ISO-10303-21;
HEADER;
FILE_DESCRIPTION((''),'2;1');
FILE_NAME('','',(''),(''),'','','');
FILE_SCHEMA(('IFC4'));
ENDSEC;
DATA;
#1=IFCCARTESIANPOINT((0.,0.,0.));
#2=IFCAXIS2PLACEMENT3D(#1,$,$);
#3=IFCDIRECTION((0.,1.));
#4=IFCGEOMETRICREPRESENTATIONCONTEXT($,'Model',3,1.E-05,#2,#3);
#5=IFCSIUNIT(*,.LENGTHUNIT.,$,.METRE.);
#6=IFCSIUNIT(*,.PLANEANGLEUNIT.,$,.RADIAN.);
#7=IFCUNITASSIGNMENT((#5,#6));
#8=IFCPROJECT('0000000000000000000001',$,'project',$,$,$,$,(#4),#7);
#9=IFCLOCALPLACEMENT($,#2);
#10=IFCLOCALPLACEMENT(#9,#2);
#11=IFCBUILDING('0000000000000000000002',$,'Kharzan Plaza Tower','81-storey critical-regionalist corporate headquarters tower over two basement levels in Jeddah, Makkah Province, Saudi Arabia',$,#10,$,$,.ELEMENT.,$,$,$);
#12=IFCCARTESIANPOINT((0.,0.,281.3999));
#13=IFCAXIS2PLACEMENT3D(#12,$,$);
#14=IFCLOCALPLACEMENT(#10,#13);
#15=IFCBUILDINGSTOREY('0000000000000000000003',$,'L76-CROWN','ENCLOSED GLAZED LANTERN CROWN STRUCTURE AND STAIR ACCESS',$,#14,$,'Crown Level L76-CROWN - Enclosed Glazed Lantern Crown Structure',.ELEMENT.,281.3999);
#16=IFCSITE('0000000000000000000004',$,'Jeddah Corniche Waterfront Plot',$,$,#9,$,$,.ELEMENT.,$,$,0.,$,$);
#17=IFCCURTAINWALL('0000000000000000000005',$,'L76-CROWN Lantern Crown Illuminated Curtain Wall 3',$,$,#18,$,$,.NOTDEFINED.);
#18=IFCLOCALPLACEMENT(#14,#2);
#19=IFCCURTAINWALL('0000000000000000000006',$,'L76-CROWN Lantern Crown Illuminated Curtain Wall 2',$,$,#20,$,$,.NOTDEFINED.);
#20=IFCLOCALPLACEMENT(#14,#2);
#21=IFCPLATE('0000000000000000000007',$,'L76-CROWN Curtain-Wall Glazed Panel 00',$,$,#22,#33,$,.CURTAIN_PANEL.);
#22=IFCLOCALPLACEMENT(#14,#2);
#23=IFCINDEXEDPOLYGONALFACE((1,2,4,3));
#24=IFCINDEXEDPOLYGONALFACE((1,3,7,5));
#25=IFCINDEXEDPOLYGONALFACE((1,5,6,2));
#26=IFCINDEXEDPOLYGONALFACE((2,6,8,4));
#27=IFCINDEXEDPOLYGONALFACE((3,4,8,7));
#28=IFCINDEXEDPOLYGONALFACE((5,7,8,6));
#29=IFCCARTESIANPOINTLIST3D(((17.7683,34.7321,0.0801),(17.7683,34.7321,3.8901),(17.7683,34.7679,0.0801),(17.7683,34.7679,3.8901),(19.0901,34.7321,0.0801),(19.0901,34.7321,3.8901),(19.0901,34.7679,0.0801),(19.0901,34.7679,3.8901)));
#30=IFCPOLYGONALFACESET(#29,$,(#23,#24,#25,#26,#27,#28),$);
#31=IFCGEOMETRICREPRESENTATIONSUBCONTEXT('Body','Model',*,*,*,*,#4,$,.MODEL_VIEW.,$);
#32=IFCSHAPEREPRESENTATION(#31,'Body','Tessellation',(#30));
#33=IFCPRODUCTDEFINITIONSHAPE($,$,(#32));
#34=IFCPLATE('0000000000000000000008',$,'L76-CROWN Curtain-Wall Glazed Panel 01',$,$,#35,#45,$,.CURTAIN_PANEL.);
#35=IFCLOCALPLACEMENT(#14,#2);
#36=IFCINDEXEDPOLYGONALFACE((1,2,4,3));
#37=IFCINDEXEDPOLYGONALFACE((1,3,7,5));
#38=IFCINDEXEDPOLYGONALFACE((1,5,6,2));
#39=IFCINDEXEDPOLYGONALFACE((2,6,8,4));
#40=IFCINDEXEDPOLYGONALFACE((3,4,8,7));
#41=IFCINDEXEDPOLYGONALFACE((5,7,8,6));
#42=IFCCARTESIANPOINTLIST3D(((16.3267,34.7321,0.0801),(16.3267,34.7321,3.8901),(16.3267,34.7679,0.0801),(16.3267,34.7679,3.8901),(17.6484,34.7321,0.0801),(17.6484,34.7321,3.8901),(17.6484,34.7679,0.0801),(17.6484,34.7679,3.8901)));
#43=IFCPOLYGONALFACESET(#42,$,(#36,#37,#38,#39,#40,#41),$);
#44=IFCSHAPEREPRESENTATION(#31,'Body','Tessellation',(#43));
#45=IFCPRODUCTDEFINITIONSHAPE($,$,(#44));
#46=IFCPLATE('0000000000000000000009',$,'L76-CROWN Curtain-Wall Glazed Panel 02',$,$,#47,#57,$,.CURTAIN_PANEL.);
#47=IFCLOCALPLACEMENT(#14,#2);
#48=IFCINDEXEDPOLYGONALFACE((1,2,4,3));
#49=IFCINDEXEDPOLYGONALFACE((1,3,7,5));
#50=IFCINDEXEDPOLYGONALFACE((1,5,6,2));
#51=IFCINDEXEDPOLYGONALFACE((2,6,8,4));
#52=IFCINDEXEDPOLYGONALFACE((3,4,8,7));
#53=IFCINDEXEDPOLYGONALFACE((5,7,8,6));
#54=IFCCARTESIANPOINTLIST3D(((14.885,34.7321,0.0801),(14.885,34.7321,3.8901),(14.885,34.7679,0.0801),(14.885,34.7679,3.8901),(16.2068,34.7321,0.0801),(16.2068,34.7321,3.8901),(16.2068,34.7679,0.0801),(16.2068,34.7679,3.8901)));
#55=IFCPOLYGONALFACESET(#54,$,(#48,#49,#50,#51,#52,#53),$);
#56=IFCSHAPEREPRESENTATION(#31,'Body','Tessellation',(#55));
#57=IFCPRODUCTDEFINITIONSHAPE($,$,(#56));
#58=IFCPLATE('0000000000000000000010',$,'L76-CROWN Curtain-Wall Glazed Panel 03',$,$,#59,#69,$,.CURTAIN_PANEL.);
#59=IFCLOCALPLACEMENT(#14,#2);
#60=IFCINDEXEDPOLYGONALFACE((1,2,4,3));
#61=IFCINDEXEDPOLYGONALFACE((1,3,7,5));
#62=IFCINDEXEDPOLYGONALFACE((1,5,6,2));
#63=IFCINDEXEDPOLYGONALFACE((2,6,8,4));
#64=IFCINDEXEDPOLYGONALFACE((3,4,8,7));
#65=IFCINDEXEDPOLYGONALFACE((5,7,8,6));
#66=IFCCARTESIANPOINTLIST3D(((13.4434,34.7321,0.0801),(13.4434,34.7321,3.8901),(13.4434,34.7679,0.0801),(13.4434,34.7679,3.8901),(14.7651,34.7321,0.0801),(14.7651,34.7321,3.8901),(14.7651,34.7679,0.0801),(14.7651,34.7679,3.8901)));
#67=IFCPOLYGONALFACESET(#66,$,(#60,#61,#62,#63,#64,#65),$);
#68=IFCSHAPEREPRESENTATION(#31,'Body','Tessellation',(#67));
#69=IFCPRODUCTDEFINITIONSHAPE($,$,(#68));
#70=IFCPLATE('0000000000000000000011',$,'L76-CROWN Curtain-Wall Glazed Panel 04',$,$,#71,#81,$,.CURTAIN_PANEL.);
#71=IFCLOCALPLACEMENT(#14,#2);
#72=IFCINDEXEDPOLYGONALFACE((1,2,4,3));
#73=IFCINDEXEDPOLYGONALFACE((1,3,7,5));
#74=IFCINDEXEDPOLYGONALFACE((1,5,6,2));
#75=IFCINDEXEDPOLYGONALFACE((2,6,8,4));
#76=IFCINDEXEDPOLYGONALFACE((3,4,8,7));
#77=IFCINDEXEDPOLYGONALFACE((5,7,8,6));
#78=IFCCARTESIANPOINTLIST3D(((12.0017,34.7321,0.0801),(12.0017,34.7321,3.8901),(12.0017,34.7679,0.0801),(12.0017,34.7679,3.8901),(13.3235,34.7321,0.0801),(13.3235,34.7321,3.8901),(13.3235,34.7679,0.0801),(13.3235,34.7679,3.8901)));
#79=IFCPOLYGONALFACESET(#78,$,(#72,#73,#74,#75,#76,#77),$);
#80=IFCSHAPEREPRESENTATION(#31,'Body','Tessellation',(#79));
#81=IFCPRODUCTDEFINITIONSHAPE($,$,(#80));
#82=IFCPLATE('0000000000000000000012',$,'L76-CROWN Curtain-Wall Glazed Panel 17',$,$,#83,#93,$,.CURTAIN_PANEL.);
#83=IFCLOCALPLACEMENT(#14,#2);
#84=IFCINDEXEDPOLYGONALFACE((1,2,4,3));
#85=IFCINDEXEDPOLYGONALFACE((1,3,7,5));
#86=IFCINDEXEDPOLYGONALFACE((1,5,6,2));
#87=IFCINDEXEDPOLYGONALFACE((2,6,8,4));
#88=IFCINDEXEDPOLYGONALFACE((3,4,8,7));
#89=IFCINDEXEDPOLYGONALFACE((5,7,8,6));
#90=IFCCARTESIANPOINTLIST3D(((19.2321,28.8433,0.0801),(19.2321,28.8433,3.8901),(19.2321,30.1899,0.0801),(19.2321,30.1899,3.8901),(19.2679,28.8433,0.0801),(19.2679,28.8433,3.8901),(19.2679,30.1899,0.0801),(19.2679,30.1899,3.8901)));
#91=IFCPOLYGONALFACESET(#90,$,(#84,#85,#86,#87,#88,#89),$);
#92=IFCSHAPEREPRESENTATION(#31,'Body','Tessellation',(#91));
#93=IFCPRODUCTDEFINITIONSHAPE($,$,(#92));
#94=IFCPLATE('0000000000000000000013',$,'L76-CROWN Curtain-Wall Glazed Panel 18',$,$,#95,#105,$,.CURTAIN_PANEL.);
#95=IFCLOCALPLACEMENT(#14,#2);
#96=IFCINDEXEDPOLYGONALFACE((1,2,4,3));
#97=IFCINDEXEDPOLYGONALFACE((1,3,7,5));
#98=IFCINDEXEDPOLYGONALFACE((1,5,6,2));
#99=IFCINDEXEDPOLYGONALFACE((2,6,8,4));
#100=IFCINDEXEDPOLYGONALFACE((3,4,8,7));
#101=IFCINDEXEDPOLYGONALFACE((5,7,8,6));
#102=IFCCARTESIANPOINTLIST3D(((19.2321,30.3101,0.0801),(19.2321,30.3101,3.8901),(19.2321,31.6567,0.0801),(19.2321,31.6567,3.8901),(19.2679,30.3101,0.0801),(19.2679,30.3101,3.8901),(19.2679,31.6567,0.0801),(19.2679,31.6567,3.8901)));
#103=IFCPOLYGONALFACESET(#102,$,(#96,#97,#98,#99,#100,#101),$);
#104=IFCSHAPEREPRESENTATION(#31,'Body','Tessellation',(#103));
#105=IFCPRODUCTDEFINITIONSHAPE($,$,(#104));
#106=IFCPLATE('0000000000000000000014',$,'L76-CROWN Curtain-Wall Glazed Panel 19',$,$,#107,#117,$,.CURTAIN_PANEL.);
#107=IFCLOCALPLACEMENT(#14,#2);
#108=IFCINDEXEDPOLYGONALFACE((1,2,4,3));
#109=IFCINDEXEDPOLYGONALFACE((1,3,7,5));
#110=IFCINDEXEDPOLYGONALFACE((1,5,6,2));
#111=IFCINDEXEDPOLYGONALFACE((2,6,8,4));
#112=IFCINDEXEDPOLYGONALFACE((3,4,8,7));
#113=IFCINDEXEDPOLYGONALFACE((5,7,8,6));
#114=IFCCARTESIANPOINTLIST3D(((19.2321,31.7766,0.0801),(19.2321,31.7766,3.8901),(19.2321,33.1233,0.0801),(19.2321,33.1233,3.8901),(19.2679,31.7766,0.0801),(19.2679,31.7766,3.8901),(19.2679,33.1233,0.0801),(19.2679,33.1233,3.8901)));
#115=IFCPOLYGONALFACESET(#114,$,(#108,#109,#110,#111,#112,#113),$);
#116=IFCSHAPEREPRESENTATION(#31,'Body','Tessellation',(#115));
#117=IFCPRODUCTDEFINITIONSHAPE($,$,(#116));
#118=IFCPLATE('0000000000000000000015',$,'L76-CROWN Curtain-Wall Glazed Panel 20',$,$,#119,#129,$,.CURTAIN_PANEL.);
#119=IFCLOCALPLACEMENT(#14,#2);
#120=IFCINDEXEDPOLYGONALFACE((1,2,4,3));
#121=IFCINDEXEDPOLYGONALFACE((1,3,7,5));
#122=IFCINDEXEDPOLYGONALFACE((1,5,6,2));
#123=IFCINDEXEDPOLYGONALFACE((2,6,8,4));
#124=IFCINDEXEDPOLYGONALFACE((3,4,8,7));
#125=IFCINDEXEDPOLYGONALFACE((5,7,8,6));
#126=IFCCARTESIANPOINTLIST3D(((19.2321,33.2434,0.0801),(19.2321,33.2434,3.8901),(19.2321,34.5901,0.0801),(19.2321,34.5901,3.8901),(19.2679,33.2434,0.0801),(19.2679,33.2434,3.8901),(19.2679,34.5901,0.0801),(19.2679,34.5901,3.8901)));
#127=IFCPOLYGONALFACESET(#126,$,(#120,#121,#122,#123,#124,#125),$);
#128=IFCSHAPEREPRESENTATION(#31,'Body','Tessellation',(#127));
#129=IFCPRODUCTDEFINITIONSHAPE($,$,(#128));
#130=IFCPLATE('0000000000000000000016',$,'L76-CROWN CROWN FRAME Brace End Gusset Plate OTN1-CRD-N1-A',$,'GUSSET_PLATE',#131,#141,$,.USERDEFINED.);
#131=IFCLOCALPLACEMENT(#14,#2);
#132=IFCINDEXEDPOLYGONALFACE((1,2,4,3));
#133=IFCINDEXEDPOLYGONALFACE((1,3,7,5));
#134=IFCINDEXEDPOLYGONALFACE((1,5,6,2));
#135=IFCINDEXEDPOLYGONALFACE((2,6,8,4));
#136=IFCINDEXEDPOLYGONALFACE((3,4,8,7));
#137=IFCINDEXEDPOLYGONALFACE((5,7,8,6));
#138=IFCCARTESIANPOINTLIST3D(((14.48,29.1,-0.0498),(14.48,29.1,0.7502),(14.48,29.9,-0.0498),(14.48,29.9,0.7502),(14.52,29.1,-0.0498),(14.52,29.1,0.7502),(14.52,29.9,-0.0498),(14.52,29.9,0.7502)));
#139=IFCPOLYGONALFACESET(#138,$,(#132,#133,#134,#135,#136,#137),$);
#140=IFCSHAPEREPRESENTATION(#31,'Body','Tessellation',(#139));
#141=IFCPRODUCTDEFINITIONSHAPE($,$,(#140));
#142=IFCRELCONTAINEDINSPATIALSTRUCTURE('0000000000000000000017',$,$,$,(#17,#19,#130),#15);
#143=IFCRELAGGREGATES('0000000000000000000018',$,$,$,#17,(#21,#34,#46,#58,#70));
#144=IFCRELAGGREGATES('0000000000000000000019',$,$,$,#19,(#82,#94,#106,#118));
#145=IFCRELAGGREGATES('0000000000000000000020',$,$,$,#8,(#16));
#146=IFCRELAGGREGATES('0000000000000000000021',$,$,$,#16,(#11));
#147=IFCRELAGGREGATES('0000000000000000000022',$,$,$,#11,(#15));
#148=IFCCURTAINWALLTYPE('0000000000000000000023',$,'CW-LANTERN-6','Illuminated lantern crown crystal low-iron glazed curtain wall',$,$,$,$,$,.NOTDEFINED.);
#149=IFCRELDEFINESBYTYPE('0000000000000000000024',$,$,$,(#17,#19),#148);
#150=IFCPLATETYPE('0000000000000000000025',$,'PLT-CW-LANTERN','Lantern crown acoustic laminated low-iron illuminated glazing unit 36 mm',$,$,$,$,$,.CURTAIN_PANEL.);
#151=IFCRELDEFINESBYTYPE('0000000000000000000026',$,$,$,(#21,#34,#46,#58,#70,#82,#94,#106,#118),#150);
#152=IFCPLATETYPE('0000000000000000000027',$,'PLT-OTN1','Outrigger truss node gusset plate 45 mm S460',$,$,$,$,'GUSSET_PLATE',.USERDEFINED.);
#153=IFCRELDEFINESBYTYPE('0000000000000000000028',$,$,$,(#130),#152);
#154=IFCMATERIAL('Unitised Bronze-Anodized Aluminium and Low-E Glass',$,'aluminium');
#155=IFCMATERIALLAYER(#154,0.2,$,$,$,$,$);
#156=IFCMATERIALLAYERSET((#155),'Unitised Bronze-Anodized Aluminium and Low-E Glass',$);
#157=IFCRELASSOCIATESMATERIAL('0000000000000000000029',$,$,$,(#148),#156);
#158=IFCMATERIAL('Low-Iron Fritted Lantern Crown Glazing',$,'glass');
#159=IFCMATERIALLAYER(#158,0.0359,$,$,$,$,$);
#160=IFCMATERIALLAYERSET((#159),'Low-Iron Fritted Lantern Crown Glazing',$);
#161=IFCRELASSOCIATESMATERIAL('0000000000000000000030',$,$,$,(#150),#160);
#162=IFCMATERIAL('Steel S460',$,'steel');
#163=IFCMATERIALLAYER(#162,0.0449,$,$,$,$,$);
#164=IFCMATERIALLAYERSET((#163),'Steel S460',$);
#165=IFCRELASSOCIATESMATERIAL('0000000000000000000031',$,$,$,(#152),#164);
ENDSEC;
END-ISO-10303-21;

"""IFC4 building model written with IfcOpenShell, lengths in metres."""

from ifc_helpers import new_model, si_unit, direction, frame, origin, origin_2d, place, context, subcontext, project, spatial, rectangle, extrude, source, transform, mapped, material, layer, layer_set, type_object, element, aggregate, save


model = new_model("IFC4")

# Units and contexts
model_context = context("Model", 3, precision=1e-05, world=origin(), true_north=direction((0.0, 1.0)))
body_context = subcontext(model_context, "Body", "Model", "MODEL_VIEW")
ifc_project = project(units=[si_unit("LENGTHUNIT", "METRE"), si_unit("PLANEANGLEUNIT", "RADIAN")], contexts=[model_context])

# Site, building, storey
site_placement = place(None, origin())
site = spatial("IfcSite", under=ifc_project, at=site_placement, Name="Jeddah Corniche Waterfront Plot", CompositionType="ELEMENT", RefElevation=0.0)
building_placement = place(site_placement, origin())
building = spatial("IfcBuilding", under=site, at=building_placement, Name="Kharzan Plaza Tower", Description="81-storey critical-regionalist corporate headquarters tower over two basement levels in Jeddah, Makkah Province, Saudi Arabia", CompositionType="ELEMENT")
storey_placement = place(building_placement, frame((0.0, 0.0, 281.3999)))
storey = spatial("IfcBuildingStorey", under=building, at=storey_placement, Name="L76-CROWN", Description="ENCLOSED GLAZED LANTERN CROWN STRUCTURE AND STAIR ACCESS", LongName="Crown Level L76-CROWN - Enclosed Glazed Lantern Crown Structure", CompositionType="ELEMENT", Elevation=281.3999)

# Curtain walls
ifc_material_1 = material(Name="Unitised Bronze-Anodized Aluminium and Low-E Glass", Category="aluminium")
ifc_layer_1 = layer(ifc_material_1, 0.2)
ifc_layer_set_1 = layer_set([ifc_layer_1], Name="Unitised Bronze-Anodized Aluminium and Low-E Glass")
curtain_wall_type = type_object("IfcCurtainWallType", Name="CW-LANTERN-6", Description="Illuminated lantern crown crystal low-iron glazed curtain wall", PredefinedType="NOTDEFINED", material=ifc_layer_set_1)
curtain_wall_1_placement = place(storey_placement, origin())
curtain_wall_1 = element("IfcCurtainWall", 1, at=curtain_wall_1_placement, inside=storey, type_object=curtain_wall_type, Name="L76-CROWN Lantern Crown Illuminated Curtain Wall 3", PredefinedType="NOTDEFINED")
curtain_wall_2_placement = place(storey_placement, origin())
curtain_wall_2 = element("IfcCurtainWall", 2, at=curtain_wall_2_placement, inside=storey, type_object=curtain_wall_type, Name="L76-CROWN Lantern Crown Illuminated Curtain Wall 2", PredefinedType="NOTDEFINED")

# Plates
ifc_material_2 = material(Name="Low-Iron Fritted Lantern Crown Glazing", Category="glass")
ifc_layer_2 = layer(ifc_material_2, 0.0359)
ifc_layer_set_2 = layer_set([ifc_layer_2], Name="Low-Iron Fritted Lantern Crown Glazing")
plate_type_1 = type_object("IfcPlateType", Name="PLT-CW-LANTERN", Description="Lantern crown acoustic laminated low-iron illuminated glazing unit 36 mm", PredefinedType="CURTAIN_PANEL", material=ifc_layer_set_2)
shared_shape_1 = source(origin(), body_context, "Body", "SweptSolid", [
    extrude(rectangle(XDim=1.3218, YDim=0.0359, at=origin_2d()), origin(), (0.0, 0.0, 1.0), 3.8101),
])
plate_1_placement = place(storey_placement, frame((18.4292, 34.75, 0.0801), z_axis=(0.0, 0.0, 1.0), x_axis=(-1.0, 0.0, 0.0)))
plate_1 = element("IfcPlate", 3, at=plate_1_placement, type_object=plate_type_1, Name="L76-CROWN Curtain-Wall Glazed Panel 00", PredefinedType="CURTAIN_PANEL", context=body_context, shape_type="MappedRepresentation", body=[
    mapped(shared_shape_1, transform((0.0, 0.0, 0.0), x_axis=(1.0, 0.0, 0.0), y_axis=(0.0, 1.0, 0.0), z_axis=(0.0, 0.0, 1.0))),
])
plate_2_placement = place(storey_placement, frame((16.9875, 34.75, 0.0801), z_axis=(0.0, 0.0, 1.0), x_axis=(-1.0, 0.0, 0.0)))
plate_2 = element("IfcPlate", 4, at=plate_2_placement, type_object=plate_type_1, Name="L76-CROWN Curtain-Wall Glazed Panel 01", PredefinedType="CURTAIN_PANEL", context=body_context, shape_type="MappedRepresentation", body=[
    mapped(shared_shape_1, transform((0.0, 0.0, 0.0), x_axis=(1.0, 0.0, 0.0), y_axis=(0.0, 1.0, 0.0), z_axis=(0.0, 0.0, 1.0))),
])
plate_3_placement = place(storey_placement, frame((15.5459, 34.75, 0.0801), z_axis=(0.0, 0.0, 1.0), x_axis=(-1.0, 0.0, 0.0)))
plate_3 = element("IfcPlate", 5, at=plate_3_placement, type_object=plate_type_1, Name="L76-CROWN Curtain-Wall Glazed Panel 02", PredefinedType="CURTAIN_PANEL", context=body_context, shape_type="MappedRepresentation", body=[
    mapped(shared_shape_1, transform((0.0, 0.0, 0.0), x_axis=(1.0, 0.0, 0.0), y_axis=(0.0, 1.0, 0.0), z_axis=(0.0, 0.0, 1.0))),
])
plate_4_placement = place(storey_placement, frame((14.1042, 34.75, 0.0801), z_axis=(0.0, 0.0, 1.0), x_axis=(-1.0, 0.0, 0.0)))
plate_4 = element("IfcPlate", 6, at=plate_4_placement, type_object=plate_type_1, Name="L76-CROWN Curtain-Wall Glazed Panel 03", PredefinedType="CURTAIN_PANEL", context=body_context, shape_type="MappedRepresentation", body=[
    mapped(shared_shape_1, transform((0.0, 0.0, 0.0), x_axis=(1.0, 0.0, 0.0), y_axis=(0.0, 1.0, 0.0), z_axis=(0.0, 0.0, 1.0))),
])
plate_5_placement = place(storey_placement, frame((12.6626, 34.75, 0.0801), z_axis=(0.0, 0.0, 1.0), x_axis=(-1.0, 0.0, 0.0)))
plate_5 = element("IfcPlate", 7, at=plate_5_placement, type_object=plate_type_1, Name="L76-CROWN Curtain-Wall Glazed Panel 04", PredefinedType="CURTAIN_PANEL", context=body_context, shape_type="MappedRepresentation", body=[
    mapped(shared_shape_1, transform((0.0, 0.0, 0.0), x_axis=(1.0, 0.0, 0.0), y_axis=(0.0, 1.0, 0.0), z_axis=(0.0, 0.0, 1.0))),
])
aggregate(curtain_wall_1, [plate_1, plate_2, plate_3, plate_4, plate_5])
shared_shape_2 = source(origin(), body_context, "Body", "SweptSolid", [
    extrude(rectangle(XDim=1.3467, YDim=0.0359, at=origin_2d()), origin(), (0.0, 0.0, 1.0), 3.8101),
])
plate_6_placement = place(storey_placement, frame((19.25, 29.5166, 0.0801), z_axis=(0.0, 0.0, 1.0), x_axis=(0.0, 1.0, 0.0)))
plate_6 = element("IfcPlate", 8, at=plate_6_placement, type_object=plate_type_1, Name="L76-CROWN Curtain-Wall Glazed Panel 17", PredefinedType="CURTAIN_PANEL", context=body_context, shape_type="MappedRepresentation", body=[
    mapped(shared_shape_2, transform((0.0, 0.0, 0.0), x_axis=(1.0, 0.0, 0.0), y_axis=(0.0, 1.0, 0.0), z_axis=(0.0, 0.0, 1.0))),
])
plate_7_placement = place(storey_placement, frame((19.25, 30.9834, 0.0801), z_axis=(0.0, 0.0, 1.0), x_axis=(0.0, 1.0, 0.0)))
plate_7 = element("IfcPlate", 9, at=plate_7_placement, type_object=plate_type_1, Name="L76-CROWN Curtain-Wall Glazed Panel 18", PredefinedType="CURTAIN_PANEL", context=body_context, shape_type="MappedRepresentation", body=[
    mapped(shared_shape_2, transform((0.0, 0.0, 0.0), x_axis=(1.0, 0.0, 0.0), y_axis=(0.0, 1.0, 0.0), z_axis=(0.0, 0.0, 1.0))),
])
plate_8_placement = place(storey_placement, frame((19.25, 32.45, 0.0801), z_axis=(0.0, 0.0, 1.0), x_axis=(0.0, 1.0, 0.0)))
plate_8 = element("IfcPlate", 10, at=plate_8_placement, type_object=plate_type_1, Name="L76-CROWN Curtain-Wall Glazed Panel 19", PredefinedType="CURTAIN_PANEL", context=body_context, shape_type="MappedRepresentation", body=[
    mapped(shared_shape_2, transform((0.0, 0.0, 0.0), x_axis=(1.0, 0.0, 0.0), y_axis=(0.0, 1.0, 0.0), z_axis=(0.0, 0.0, 1.0))),
])
plate_9_placement = place(storey_placement, frame((19.25, 33.9167, 0.0801), z_axis=(0.0, 0.0, 1.0), x_axis=(0.0, 1.0, 0.0)))
plate_9 = element("IfcPlate", 11, at=plate_9_placement, type_object=plate_type_1, Name="L76-CROWN Curtain-Wall Glazed Panel 20", PredefinedType="CURTAIN_PANEL", context=body_context, shape_type="MappedRepresentation", body=[
    mapped(shared_shape_2, transform((0.0, 0.0, 0.0), x_axis=(1.0, 0.0, 0.0), y_axis=(0.0, 1.0, 0.0), z_axis=(0.0, 0.0, 1.0))),
])
aggregate(curtain_wall_2, [plate_6, plate_7, plate_8, plate_9])
ifc_material_3 = material(Name="Steel S460", Category="steel")
ifc_layer_3 = layer(ifc_material_3, 0.0449)
ifc_layer_set_3 = layer_set([ifc_layer_3], Name="Steel S460")
plate_type_2 = type_object("IfcPlateType", Name="PLT-OTN1", Description="Outrigger truss node gusset plate 45 mm S460", ElementType="GUSSET_PLATE", PredefinedType="USERDEFINED", material=ifc_layer_set_3)
shared_shape_3 = source(origin(), body_context, "Body", "SweptSolid", [
    extrude(rectangle(XDim=0.8, YDim=0.04, at=origin_2d()), origin(), (0.0, 0.0, 1.0), 0.8),
])
plate_10_placement = place(storey_placement, frame((14.5, 29.5, -0.0498), z_axis=(0.0, 0.0, 1.0), x_axis=(0.0, -1.0, 0.0)))
element("IfcPlate", 12, at=plate_10_placement, inside=storey, type_object=plate_type_2, Name="L76-CROWN CROWN FRAME Brace End Gusset Plate OTN1-CRD-N1-A", ObjectType="GUSSET_PLATE", PredefinedType="USERDEFINED", context=body_context, shape_type="MappedRepresentation", body=[
    mapped(shared_shape_3, transform((0.0, 0.0, 0.0), x_axis=(1.0, 0.0, 0.0), y_axis=(0.0, 1.0, 0.0), z_axis=(0.0, 0.0, 1.0))),
])

save(model, "model.ifc")
